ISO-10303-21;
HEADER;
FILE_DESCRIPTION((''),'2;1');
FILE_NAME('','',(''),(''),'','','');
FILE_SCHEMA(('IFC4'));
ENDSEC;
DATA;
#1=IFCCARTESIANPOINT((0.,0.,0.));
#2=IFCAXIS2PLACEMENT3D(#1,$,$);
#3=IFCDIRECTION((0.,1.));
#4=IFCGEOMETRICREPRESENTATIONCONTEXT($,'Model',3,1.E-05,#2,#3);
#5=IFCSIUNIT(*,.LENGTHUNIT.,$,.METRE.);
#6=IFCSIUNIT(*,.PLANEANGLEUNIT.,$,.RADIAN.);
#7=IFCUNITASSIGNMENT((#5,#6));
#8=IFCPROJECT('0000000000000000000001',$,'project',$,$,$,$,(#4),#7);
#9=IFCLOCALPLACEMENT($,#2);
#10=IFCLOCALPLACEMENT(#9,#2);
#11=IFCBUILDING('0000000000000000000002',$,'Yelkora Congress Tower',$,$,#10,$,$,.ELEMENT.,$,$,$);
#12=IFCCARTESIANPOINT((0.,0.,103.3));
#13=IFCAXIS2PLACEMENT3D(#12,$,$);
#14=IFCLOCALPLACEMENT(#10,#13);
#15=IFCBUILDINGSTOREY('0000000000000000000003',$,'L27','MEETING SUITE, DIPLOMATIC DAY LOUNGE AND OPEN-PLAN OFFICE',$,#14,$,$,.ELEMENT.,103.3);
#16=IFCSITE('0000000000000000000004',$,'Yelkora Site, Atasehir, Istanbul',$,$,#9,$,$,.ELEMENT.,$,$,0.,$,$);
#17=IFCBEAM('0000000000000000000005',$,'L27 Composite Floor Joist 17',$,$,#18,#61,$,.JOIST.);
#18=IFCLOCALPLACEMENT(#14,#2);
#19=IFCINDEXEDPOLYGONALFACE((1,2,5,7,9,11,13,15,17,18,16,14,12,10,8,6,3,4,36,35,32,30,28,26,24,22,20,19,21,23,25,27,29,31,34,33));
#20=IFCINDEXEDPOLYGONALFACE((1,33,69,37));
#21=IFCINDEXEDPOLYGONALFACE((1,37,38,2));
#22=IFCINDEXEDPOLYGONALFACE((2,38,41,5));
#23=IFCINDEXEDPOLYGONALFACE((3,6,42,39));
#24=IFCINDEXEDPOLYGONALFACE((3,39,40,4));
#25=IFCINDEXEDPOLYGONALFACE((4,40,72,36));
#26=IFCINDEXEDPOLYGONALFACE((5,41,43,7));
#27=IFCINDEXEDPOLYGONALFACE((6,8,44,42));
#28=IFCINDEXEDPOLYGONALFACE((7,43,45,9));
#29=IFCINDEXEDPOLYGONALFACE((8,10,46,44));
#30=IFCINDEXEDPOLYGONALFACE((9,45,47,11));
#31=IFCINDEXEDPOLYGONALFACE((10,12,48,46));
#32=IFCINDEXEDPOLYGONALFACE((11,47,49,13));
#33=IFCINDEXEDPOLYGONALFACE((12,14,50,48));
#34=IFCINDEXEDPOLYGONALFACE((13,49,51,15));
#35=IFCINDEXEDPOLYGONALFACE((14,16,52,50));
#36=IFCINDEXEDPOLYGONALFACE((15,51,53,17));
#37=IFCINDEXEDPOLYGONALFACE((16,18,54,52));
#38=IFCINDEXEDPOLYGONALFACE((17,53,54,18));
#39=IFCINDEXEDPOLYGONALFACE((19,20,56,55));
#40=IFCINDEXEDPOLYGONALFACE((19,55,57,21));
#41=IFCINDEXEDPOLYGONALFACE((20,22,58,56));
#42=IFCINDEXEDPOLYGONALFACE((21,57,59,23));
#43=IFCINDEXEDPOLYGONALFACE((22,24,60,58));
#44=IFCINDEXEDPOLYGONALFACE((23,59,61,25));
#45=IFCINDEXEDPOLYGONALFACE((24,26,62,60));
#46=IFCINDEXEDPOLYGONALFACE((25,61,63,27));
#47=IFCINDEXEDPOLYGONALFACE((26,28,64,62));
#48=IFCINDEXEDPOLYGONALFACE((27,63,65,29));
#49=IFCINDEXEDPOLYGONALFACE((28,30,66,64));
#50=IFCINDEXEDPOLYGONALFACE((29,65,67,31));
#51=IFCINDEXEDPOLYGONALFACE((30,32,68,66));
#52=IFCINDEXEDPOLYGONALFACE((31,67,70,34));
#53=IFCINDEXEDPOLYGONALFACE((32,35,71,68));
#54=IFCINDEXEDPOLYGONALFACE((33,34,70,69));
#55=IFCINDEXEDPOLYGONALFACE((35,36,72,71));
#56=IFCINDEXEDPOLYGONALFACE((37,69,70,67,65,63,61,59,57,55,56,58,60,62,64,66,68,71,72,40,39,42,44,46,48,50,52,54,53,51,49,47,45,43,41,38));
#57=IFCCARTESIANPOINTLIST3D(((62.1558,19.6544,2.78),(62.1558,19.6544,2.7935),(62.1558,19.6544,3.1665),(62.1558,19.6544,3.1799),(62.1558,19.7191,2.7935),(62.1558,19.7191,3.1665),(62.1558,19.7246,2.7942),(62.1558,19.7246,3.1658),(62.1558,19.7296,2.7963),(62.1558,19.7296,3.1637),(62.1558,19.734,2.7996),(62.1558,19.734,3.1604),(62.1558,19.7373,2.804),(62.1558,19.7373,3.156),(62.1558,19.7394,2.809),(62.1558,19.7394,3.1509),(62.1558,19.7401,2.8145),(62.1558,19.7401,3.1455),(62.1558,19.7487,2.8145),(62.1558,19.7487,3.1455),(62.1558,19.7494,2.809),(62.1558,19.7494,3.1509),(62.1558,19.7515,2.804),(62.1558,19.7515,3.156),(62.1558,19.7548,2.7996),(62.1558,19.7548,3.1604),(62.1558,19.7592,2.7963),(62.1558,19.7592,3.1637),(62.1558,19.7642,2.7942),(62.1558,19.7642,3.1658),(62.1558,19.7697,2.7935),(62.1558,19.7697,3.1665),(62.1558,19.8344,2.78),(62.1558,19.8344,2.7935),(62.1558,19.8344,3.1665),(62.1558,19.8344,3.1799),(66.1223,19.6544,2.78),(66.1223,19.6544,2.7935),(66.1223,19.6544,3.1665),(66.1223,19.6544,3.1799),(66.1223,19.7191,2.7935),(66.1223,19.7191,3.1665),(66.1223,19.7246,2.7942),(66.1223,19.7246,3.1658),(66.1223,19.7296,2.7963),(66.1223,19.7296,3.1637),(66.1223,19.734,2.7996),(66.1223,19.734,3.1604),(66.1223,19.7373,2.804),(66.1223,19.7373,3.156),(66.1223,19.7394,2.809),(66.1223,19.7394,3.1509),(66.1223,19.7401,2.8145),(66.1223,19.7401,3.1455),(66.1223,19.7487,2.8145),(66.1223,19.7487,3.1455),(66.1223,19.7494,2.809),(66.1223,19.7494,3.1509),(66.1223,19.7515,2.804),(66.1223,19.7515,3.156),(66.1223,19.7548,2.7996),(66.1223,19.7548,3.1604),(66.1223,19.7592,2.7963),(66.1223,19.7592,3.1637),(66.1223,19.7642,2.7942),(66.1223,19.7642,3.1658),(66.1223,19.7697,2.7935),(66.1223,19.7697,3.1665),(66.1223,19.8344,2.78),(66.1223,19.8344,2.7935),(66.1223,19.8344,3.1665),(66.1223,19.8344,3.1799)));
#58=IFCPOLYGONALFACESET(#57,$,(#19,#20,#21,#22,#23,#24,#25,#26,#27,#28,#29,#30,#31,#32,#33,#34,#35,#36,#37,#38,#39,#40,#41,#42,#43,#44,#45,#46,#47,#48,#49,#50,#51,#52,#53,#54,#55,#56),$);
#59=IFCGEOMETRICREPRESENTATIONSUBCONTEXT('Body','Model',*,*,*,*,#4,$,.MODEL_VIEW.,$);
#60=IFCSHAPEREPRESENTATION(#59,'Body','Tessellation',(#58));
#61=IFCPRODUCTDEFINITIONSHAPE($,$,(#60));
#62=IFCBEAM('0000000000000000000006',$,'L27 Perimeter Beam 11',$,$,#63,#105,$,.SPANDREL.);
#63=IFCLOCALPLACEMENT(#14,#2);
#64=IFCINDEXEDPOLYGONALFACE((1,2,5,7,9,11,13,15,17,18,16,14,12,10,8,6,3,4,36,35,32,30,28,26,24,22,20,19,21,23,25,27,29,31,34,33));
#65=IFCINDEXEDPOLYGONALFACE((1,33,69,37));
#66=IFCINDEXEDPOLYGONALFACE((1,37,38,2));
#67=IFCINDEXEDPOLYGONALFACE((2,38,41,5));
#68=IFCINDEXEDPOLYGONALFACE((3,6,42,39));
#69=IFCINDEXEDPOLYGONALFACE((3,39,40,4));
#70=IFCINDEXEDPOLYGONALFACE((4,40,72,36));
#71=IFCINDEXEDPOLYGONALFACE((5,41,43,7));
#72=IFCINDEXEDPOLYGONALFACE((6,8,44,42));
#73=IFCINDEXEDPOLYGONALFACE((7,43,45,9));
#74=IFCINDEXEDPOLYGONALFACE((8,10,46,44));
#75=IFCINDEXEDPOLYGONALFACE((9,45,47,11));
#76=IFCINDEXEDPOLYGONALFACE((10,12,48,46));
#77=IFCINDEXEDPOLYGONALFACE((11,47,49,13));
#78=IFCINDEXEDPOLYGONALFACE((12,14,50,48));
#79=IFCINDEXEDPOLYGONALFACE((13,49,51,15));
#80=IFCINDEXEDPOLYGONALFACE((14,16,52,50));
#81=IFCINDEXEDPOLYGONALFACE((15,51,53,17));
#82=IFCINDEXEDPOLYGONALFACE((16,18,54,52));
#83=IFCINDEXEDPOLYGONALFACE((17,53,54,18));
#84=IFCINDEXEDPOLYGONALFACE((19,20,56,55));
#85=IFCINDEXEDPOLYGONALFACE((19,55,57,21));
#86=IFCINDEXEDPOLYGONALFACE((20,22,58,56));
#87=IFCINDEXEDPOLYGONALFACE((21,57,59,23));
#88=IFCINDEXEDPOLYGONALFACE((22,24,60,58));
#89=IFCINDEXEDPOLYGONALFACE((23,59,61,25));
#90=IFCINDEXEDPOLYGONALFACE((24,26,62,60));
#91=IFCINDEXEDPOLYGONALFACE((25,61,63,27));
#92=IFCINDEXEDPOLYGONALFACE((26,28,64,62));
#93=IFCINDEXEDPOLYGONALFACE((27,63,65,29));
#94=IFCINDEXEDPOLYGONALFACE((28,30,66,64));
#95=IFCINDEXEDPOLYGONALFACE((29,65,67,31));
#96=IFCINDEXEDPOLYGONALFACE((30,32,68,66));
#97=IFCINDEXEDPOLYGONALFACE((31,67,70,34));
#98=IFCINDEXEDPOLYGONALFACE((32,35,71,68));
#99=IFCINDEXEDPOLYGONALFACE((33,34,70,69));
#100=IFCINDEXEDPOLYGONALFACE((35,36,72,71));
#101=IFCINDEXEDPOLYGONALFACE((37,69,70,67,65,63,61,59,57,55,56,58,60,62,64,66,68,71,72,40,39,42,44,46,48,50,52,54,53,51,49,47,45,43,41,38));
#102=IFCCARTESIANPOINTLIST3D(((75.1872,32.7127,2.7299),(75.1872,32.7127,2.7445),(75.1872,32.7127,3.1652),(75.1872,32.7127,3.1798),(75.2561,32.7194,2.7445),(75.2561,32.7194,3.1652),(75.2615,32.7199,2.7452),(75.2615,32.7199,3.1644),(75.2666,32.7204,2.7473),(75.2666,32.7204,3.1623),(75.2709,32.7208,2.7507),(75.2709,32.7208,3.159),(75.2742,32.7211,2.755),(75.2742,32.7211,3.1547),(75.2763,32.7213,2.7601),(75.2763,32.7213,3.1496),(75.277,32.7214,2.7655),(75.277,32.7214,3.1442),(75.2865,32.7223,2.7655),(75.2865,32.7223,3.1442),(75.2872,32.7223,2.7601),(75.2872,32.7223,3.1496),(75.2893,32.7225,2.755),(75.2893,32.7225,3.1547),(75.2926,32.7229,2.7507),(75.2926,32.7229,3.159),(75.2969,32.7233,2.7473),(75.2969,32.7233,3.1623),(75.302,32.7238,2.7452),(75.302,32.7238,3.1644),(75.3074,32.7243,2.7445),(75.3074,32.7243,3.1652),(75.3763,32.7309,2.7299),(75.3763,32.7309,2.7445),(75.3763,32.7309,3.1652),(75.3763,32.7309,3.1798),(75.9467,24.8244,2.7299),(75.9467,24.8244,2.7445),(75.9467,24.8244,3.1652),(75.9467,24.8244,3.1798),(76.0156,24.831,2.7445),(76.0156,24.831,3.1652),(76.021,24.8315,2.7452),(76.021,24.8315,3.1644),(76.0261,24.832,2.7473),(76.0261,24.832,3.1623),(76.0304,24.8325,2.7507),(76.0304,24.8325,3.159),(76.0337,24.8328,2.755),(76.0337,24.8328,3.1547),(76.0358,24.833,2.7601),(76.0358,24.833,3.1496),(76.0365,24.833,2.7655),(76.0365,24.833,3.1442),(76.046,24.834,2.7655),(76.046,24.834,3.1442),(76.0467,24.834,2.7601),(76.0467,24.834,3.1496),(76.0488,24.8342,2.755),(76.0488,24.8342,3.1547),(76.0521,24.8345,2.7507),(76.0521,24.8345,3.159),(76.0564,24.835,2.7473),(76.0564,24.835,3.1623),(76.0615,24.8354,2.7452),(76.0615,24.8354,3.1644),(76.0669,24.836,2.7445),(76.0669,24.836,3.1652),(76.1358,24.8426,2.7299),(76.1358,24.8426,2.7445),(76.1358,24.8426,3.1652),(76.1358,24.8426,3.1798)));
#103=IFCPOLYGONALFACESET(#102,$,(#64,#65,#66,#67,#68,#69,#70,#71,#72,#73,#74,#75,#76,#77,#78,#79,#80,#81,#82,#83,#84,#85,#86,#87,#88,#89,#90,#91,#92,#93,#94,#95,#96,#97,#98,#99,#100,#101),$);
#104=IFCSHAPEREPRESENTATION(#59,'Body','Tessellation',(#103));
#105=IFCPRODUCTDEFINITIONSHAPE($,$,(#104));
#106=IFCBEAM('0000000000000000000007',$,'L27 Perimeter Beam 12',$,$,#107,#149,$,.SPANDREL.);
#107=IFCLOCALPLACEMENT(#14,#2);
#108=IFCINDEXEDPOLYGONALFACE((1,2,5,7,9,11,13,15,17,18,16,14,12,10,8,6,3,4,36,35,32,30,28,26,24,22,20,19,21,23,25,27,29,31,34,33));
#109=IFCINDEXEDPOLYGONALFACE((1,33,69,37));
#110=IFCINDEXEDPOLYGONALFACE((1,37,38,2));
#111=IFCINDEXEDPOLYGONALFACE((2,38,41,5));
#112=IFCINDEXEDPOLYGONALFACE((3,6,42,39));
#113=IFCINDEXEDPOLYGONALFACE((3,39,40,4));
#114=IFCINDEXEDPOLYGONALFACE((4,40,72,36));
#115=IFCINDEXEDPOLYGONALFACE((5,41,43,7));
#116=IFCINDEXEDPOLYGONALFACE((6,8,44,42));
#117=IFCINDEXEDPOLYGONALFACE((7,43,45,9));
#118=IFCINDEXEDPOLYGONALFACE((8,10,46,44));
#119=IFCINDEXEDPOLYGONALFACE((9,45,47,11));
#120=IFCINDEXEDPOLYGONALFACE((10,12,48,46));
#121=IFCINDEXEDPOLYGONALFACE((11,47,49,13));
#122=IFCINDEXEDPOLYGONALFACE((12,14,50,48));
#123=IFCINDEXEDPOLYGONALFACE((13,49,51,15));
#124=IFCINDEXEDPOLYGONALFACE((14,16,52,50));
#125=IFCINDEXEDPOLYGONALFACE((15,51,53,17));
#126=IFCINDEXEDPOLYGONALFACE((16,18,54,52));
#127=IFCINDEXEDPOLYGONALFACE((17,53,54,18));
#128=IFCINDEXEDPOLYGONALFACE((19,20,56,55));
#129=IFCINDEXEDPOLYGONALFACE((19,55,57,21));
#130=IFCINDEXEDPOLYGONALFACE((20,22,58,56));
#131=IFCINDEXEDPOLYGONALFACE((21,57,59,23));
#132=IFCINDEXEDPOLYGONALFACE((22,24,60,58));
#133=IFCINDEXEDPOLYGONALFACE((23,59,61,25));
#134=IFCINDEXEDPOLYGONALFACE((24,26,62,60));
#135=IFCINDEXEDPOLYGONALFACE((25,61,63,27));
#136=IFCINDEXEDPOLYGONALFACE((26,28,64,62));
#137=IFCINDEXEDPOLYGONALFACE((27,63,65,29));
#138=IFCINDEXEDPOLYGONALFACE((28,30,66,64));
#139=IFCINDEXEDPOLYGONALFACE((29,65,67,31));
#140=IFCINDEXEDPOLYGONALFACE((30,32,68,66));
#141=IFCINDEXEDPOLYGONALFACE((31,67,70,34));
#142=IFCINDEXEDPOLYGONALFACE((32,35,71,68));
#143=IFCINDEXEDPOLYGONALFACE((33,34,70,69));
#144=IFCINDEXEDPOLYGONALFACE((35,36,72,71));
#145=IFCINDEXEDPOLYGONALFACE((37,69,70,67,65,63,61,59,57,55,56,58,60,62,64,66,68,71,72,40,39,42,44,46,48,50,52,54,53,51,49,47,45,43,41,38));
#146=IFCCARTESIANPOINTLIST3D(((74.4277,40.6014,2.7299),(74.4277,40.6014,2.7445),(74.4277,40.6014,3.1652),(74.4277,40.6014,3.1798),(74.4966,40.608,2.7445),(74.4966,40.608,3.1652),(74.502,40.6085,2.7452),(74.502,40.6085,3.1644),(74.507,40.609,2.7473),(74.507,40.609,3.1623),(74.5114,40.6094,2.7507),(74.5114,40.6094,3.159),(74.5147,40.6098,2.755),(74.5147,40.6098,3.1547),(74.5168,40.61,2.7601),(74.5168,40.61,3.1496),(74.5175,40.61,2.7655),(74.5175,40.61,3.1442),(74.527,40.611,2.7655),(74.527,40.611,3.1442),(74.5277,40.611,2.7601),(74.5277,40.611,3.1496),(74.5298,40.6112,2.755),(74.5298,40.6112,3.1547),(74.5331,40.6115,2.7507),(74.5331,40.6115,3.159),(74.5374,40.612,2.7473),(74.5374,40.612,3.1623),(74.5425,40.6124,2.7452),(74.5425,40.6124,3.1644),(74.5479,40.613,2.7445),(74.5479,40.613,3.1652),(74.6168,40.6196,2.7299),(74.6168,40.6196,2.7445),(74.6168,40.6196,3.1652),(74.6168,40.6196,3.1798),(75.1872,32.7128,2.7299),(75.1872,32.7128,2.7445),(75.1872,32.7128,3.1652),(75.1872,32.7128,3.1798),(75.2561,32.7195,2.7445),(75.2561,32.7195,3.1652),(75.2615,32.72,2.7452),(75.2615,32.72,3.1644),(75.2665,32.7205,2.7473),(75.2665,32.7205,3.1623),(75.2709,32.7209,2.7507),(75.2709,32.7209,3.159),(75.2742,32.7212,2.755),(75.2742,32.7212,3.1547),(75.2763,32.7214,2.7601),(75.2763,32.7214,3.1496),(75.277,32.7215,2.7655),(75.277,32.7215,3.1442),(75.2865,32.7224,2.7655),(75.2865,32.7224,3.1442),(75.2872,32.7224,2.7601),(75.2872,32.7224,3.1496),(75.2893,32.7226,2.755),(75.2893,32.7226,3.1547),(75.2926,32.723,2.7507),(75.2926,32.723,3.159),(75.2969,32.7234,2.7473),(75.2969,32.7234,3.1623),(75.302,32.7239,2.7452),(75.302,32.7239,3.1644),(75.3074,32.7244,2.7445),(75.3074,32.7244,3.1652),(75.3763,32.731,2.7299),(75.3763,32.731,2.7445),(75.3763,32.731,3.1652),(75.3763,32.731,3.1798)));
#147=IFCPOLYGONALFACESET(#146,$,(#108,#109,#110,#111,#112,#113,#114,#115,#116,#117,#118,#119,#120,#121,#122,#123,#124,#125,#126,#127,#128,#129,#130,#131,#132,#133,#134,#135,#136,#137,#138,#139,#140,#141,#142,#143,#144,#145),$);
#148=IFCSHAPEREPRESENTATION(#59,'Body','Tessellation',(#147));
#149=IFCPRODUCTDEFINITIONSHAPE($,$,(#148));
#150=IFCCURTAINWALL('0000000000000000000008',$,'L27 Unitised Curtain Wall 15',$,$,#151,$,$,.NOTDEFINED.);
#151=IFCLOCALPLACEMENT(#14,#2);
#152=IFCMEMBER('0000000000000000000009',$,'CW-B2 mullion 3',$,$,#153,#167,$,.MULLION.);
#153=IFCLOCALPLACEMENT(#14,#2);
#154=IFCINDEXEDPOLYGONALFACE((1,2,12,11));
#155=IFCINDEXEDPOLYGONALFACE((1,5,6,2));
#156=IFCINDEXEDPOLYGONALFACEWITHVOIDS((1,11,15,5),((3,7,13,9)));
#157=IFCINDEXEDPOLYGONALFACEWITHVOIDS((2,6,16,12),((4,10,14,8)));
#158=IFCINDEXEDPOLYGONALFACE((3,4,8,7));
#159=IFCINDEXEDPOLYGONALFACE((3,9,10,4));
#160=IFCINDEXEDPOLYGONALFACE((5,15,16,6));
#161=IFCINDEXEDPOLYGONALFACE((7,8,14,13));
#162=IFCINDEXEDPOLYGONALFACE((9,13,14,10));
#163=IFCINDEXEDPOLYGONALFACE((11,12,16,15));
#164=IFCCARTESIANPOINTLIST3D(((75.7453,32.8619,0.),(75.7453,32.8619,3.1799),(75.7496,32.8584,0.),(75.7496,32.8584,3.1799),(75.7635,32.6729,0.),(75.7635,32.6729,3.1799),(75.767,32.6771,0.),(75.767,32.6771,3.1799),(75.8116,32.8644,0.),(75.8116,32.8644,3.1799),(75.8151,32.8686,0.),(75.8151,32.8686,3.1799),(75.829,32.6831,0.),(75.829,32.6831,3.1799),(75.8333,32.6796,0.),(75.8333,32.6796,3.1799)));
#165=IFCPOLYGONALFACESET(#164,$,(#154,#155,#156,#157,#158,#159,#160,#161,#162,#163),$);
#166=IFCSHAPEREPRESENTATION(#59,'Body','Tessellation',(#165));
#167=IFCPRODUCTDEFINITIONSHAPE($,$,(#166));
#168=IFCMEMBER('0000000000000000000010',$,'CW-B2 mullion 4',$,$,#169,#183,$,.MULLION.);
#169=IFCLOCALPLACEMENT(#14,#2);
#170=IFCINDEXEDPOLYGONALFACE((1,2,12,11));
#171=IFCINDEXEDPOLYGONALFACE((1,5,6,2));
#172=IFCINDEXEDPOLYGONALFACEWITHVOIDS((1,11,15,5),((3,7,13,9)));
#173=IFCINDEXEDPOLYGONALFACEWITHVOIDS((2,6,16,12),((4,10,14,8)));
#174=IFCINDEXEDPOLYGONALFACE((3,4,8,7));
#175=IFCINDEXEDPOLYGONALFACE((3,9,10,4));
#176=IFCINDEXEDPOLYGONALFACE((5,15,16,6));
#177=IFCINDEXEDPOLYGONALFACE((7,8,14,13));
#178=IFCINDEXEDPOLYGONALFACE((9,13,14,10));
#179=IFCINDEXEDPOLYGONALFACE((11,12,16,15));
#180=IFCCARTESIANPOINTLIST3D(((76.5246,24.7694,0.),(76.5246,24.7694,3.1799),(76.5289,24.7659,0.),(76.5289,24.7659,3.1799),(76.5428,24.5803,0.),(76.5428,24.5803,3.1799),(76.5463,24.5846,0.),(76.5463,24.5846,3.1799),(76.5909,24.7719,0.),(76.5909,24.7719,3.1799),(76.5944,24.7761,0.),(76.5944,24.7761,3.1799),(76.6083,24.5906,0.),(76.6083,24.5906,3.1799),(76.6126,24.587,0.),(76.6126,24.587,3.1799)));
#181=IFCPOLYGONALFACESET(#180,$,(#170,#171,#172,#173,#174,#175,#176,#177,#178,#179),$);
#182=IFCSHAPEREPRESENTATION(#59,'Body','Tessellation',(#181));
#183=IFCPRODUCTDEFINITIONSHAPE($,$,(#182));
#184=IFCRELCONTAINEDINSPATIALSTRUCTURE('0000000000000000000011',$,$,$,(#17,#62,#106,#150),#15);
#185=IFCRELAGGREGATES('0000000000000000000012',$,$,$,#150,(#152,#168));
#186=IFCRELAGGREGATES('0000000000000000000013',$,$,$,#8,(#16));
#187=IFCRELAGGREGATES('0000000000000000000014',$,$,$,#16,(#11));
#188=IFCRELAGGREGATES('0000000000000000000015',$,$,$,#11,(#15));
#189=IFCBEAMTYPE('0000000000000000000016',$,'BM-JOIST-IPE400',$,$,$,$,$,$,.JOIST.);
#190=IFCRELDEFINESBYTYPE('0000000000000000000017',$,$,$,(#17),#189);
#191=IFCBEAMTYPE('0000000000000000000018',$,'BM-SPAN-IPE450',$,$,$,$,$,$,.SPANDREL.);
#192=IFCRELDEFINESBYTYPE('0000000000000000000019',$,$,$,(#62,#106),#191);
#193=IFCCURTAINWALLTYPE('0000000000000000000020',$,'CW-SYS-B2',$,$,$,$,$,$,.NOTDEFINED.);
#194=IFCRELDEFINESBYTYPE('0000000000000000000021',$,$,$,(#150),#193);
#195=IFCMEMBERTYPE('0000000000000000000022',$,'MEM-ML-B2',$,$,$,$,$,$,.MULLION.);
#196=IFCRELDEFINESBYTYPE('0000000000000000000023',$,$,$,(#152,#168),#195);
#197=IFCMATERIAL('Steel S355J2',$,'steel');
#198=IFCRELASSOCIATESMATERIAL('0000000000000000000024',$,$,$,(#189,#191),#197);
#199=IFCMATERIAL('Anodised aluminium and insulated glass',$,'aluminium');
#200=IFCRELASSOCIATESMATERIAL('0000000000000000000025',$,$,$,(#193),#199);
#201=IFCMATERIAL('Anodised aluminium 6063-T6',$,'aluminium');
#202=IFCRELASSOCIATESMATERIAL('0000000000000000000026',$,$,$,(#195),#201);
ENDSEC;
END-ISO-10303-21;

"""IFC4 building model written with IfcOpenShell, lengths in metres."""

from ifc_helpers import new_model, si_unit, direction, frame, origin, origin_2d, place, context, subcontext, project, spatial, hollow_rectangle, i_section, extrude, material, material_profile, profile_set, type_object, element, aggregate, save


model = new_model("IFC4")

# Units and contexts
model_context = context("Model", 3, precision=1e-05, world=origin(), true_north=direction((0.0, 1.0)))
body_context = subcontext(model_context, "Body", "Model", "MODEL_VIEW")
ifc_project = project(units=[si_unit("LENGTHUNIT", "METRE"), si_unit("PLANEANGLEUNIT", "RADIAN")], contexts=[model_context])

# Site, building, storey
site_placement = place(None, origin())
site = spatial("IfcSite", under=ifc_project, at=site_placement, Name="Yelkora Site, Atasehir, Istanbul", CompositionType="ELEMENT", RefElevation=0.0)
building_placement = place(site_placement, origin())
building = spatial("IfcBuilding", under=site, at=building_placement, Name="Yelkora Congress Tower", CompositionType="ELEMENT")
storey_placement = place(building_placement, frame((0.0, 0.0, 103.3)))
storey = spatial("IfcBuildingStorey", under=building, at=storey_placement, Name="L27", Description="MEETING SUITE, DIPLOMATIC DAY LOUNGE AND OPEN-PLAN OFFICE", CompositionType="ELEMENT", Elevation=103.3)

# Beams
ifc_material_1 = material(Name="Steel S355J2", Category="steel")
ifc_material_profile_1 = material_profile(ifc_material_1, i_section(OverallWidth=0.1799, OverallDepth=0.3999, WebThickness=0.0085, FlangeThickness=0.0134, FilletRadius=0.021, at=origin_2d()), Name="IPE 400")
ifc_profile_set_1 = profile_set([ifc_material_profile_1], Name="Steel S355J2")
beam_type_1 = type_object("IfcBeamType", Name="BM-JOIST-IPE400", PredefinedType="JOIST", material=ifc_profile_set_1)
beam_1_placement = place(storey_placement, frame((62.1558, 19.7444, 2.98), z_axis=(1.0, 0.0, 0.0), x_axis=(0.0, 1.0, 0.0)))
element("IfcBeam", 1, at=beam_1_placement, inside=storey, type_object=beam_type_1, Name="L27 Composite Floor Joist 17", PredefinedType="JOIST", context=body_context, shape_type="SweptSolid", body=[
    extrude(i_section(OverallWidth=0.1799, OverallDepth=0.3999, WebThickness=0.0085, FlangeThickness=0.0134, FilletRadius=0.021, at=origin_2d()), origin(), (0.0, 0.0, 1.0), 3.9666),
])
ifc_material_profile_2 = material_profile(ifc_material_1, i_section(OverallWidth=0.1899, OverallDepth=0.45, WebThickness=0.0095, FlangeThickness=0.0146, FilletRadius=0.021, at=origin_2d()), Name="IPE 450")
ifc_profile_set_2 = profile_set([ifc_material_profile_2], Name="Steel S355J2")
beam_type_2 = type_object("IfcBeamType", Name="BM-SPAN-IPE450", PredefinedType="SPANDREL", material=ifc_profile_set_2)
beam_2_placement = place(storey_placement, frame((76.0413, 24.8335, 2.9548), z_axis=(-0.09584, 0.995397, 0.0), x_axis=(-0.995397, -0.09584, 0.0)))
element("IfcBeam", 2, at=beam_2_placement, inside=storey, type_object=beam_type_2, Name="L27 Perimeter Beam 11", PredefinedType="SPANDREL", context=body_context, shape_type="SweptSolid", body=[
    extrude(i_section(OverallWidth=0.1899, OverallDepth=0.45, WebThickness=0.0095, FlangeThickness=0.0146, FilletRadius=0.021, at=origin_2d()), origin(), (0.0, 0.0, 1.0), 7.9248),
])
beam_3_placement = place(storey_placement, frame((75.2817, 32.7219, 2.9548), z_axis=(-0.095837, 0.995397, 0.0), x_axis=(-0.995397, -0.095837, 0.0)))
element("IfcBeam", 3, at=beam_3_placement, inside=storey, type_object=beam_type_2, Name="L27 Perimeter Beam 12", PredefinedType="SPANDREL", context=body_context, shape_type="SweptSolid", body=[
    extrude(i_section(OverallWidth=0.1899, OverallDepth=0.45, WebThickness=0.0095, FlangeThickness=0.0146, FilletRadius=0.021, at=origin_2d()), origin(), (0.0, 0.0, 1.0), 7.925),
])

# Curtain wall, members
ifc_material_2 = material(Name="Anodised aluminium and insulated glass", Category="aluminium")
curtain_wall_type = type_object("IfcCurtainWallType", Name="CW-SYS-B2", PredefinedType="NOTDEFINED", material=ifc_material_2)
curtain_wall_placement = place(storey_placement, origin())
curtain_wall = element("IfcCurtainWall", 4, at=curtain_wall_placement, inside=storey, type_object=curtain_wall_type, Name="L27 Unitised Curtain Wall 15", PredefinedType="NOTDEFINED")
ifc_material_3 = material(Name="Anodised aluminium 6063-T6", Category="aluminium")
ifc_material_profile_3 = material_profile(ifc_material_3, hollow_rectangle(XDim=0.0701, YDim=0.1899, WallThickness=0.0039, at=origin_2d()), Name="ALU 70x190x4")
ifc_profile_set_3 = profile_set([ifc_material_profile_3], Name="Anodised aluminium 6063-T6")
member_type_1 = type_object("IfcMemberType", Name="MEM-ML-B2", PredefinedType="MULLION", material=ifc_profile_set_3)
member_1_placement = place(storey_placement, frame((75.7893, 32.7708, 0.0), z_axis=(0.0, 0.0, 1.0), x_axis=(0.995397, 0.095843, 0.0)))
member_1 = element("IfcMember", 5, at=member_1_placement, type_object=member_type_1, Name="CW-B2 mullion 3", PredefinedType="MULLION", context=body_context, shape_type="SweptSolid", body=[
    extrude(hollow_rectangle(XDim=0.0701, YDim=0.1899, WallThickness=0.0039, at=origin_2d()), origin(), (0.0, 0.0, 1.0), 3.1799),
])
member_2_placement = place(storey_placement, frame((76.5686, 24.6782, 0.0), z_axis=(0.0, 0.0, 1.0), x_axis=(0.995397, 0.095843, 0.0)))
member_2 = element("IfcMember", 6, at=member_2_placement, type_object=member_type_1, Name="CW-B2 mullion 4", PredefinedType="MULLION", context=body_context, shape_type="SweptSolid", body=[
    extrude(hollow_rectangle(XDim=0.0701, YDim=0.1899, WallThickness=0.0039, at=origin_2d()), origin(), (0.0, 0.0, 1.0), 3.1799),
])
aggregate(curtain_wall, [member_1, member_2])

save(model, "model.ifc")
